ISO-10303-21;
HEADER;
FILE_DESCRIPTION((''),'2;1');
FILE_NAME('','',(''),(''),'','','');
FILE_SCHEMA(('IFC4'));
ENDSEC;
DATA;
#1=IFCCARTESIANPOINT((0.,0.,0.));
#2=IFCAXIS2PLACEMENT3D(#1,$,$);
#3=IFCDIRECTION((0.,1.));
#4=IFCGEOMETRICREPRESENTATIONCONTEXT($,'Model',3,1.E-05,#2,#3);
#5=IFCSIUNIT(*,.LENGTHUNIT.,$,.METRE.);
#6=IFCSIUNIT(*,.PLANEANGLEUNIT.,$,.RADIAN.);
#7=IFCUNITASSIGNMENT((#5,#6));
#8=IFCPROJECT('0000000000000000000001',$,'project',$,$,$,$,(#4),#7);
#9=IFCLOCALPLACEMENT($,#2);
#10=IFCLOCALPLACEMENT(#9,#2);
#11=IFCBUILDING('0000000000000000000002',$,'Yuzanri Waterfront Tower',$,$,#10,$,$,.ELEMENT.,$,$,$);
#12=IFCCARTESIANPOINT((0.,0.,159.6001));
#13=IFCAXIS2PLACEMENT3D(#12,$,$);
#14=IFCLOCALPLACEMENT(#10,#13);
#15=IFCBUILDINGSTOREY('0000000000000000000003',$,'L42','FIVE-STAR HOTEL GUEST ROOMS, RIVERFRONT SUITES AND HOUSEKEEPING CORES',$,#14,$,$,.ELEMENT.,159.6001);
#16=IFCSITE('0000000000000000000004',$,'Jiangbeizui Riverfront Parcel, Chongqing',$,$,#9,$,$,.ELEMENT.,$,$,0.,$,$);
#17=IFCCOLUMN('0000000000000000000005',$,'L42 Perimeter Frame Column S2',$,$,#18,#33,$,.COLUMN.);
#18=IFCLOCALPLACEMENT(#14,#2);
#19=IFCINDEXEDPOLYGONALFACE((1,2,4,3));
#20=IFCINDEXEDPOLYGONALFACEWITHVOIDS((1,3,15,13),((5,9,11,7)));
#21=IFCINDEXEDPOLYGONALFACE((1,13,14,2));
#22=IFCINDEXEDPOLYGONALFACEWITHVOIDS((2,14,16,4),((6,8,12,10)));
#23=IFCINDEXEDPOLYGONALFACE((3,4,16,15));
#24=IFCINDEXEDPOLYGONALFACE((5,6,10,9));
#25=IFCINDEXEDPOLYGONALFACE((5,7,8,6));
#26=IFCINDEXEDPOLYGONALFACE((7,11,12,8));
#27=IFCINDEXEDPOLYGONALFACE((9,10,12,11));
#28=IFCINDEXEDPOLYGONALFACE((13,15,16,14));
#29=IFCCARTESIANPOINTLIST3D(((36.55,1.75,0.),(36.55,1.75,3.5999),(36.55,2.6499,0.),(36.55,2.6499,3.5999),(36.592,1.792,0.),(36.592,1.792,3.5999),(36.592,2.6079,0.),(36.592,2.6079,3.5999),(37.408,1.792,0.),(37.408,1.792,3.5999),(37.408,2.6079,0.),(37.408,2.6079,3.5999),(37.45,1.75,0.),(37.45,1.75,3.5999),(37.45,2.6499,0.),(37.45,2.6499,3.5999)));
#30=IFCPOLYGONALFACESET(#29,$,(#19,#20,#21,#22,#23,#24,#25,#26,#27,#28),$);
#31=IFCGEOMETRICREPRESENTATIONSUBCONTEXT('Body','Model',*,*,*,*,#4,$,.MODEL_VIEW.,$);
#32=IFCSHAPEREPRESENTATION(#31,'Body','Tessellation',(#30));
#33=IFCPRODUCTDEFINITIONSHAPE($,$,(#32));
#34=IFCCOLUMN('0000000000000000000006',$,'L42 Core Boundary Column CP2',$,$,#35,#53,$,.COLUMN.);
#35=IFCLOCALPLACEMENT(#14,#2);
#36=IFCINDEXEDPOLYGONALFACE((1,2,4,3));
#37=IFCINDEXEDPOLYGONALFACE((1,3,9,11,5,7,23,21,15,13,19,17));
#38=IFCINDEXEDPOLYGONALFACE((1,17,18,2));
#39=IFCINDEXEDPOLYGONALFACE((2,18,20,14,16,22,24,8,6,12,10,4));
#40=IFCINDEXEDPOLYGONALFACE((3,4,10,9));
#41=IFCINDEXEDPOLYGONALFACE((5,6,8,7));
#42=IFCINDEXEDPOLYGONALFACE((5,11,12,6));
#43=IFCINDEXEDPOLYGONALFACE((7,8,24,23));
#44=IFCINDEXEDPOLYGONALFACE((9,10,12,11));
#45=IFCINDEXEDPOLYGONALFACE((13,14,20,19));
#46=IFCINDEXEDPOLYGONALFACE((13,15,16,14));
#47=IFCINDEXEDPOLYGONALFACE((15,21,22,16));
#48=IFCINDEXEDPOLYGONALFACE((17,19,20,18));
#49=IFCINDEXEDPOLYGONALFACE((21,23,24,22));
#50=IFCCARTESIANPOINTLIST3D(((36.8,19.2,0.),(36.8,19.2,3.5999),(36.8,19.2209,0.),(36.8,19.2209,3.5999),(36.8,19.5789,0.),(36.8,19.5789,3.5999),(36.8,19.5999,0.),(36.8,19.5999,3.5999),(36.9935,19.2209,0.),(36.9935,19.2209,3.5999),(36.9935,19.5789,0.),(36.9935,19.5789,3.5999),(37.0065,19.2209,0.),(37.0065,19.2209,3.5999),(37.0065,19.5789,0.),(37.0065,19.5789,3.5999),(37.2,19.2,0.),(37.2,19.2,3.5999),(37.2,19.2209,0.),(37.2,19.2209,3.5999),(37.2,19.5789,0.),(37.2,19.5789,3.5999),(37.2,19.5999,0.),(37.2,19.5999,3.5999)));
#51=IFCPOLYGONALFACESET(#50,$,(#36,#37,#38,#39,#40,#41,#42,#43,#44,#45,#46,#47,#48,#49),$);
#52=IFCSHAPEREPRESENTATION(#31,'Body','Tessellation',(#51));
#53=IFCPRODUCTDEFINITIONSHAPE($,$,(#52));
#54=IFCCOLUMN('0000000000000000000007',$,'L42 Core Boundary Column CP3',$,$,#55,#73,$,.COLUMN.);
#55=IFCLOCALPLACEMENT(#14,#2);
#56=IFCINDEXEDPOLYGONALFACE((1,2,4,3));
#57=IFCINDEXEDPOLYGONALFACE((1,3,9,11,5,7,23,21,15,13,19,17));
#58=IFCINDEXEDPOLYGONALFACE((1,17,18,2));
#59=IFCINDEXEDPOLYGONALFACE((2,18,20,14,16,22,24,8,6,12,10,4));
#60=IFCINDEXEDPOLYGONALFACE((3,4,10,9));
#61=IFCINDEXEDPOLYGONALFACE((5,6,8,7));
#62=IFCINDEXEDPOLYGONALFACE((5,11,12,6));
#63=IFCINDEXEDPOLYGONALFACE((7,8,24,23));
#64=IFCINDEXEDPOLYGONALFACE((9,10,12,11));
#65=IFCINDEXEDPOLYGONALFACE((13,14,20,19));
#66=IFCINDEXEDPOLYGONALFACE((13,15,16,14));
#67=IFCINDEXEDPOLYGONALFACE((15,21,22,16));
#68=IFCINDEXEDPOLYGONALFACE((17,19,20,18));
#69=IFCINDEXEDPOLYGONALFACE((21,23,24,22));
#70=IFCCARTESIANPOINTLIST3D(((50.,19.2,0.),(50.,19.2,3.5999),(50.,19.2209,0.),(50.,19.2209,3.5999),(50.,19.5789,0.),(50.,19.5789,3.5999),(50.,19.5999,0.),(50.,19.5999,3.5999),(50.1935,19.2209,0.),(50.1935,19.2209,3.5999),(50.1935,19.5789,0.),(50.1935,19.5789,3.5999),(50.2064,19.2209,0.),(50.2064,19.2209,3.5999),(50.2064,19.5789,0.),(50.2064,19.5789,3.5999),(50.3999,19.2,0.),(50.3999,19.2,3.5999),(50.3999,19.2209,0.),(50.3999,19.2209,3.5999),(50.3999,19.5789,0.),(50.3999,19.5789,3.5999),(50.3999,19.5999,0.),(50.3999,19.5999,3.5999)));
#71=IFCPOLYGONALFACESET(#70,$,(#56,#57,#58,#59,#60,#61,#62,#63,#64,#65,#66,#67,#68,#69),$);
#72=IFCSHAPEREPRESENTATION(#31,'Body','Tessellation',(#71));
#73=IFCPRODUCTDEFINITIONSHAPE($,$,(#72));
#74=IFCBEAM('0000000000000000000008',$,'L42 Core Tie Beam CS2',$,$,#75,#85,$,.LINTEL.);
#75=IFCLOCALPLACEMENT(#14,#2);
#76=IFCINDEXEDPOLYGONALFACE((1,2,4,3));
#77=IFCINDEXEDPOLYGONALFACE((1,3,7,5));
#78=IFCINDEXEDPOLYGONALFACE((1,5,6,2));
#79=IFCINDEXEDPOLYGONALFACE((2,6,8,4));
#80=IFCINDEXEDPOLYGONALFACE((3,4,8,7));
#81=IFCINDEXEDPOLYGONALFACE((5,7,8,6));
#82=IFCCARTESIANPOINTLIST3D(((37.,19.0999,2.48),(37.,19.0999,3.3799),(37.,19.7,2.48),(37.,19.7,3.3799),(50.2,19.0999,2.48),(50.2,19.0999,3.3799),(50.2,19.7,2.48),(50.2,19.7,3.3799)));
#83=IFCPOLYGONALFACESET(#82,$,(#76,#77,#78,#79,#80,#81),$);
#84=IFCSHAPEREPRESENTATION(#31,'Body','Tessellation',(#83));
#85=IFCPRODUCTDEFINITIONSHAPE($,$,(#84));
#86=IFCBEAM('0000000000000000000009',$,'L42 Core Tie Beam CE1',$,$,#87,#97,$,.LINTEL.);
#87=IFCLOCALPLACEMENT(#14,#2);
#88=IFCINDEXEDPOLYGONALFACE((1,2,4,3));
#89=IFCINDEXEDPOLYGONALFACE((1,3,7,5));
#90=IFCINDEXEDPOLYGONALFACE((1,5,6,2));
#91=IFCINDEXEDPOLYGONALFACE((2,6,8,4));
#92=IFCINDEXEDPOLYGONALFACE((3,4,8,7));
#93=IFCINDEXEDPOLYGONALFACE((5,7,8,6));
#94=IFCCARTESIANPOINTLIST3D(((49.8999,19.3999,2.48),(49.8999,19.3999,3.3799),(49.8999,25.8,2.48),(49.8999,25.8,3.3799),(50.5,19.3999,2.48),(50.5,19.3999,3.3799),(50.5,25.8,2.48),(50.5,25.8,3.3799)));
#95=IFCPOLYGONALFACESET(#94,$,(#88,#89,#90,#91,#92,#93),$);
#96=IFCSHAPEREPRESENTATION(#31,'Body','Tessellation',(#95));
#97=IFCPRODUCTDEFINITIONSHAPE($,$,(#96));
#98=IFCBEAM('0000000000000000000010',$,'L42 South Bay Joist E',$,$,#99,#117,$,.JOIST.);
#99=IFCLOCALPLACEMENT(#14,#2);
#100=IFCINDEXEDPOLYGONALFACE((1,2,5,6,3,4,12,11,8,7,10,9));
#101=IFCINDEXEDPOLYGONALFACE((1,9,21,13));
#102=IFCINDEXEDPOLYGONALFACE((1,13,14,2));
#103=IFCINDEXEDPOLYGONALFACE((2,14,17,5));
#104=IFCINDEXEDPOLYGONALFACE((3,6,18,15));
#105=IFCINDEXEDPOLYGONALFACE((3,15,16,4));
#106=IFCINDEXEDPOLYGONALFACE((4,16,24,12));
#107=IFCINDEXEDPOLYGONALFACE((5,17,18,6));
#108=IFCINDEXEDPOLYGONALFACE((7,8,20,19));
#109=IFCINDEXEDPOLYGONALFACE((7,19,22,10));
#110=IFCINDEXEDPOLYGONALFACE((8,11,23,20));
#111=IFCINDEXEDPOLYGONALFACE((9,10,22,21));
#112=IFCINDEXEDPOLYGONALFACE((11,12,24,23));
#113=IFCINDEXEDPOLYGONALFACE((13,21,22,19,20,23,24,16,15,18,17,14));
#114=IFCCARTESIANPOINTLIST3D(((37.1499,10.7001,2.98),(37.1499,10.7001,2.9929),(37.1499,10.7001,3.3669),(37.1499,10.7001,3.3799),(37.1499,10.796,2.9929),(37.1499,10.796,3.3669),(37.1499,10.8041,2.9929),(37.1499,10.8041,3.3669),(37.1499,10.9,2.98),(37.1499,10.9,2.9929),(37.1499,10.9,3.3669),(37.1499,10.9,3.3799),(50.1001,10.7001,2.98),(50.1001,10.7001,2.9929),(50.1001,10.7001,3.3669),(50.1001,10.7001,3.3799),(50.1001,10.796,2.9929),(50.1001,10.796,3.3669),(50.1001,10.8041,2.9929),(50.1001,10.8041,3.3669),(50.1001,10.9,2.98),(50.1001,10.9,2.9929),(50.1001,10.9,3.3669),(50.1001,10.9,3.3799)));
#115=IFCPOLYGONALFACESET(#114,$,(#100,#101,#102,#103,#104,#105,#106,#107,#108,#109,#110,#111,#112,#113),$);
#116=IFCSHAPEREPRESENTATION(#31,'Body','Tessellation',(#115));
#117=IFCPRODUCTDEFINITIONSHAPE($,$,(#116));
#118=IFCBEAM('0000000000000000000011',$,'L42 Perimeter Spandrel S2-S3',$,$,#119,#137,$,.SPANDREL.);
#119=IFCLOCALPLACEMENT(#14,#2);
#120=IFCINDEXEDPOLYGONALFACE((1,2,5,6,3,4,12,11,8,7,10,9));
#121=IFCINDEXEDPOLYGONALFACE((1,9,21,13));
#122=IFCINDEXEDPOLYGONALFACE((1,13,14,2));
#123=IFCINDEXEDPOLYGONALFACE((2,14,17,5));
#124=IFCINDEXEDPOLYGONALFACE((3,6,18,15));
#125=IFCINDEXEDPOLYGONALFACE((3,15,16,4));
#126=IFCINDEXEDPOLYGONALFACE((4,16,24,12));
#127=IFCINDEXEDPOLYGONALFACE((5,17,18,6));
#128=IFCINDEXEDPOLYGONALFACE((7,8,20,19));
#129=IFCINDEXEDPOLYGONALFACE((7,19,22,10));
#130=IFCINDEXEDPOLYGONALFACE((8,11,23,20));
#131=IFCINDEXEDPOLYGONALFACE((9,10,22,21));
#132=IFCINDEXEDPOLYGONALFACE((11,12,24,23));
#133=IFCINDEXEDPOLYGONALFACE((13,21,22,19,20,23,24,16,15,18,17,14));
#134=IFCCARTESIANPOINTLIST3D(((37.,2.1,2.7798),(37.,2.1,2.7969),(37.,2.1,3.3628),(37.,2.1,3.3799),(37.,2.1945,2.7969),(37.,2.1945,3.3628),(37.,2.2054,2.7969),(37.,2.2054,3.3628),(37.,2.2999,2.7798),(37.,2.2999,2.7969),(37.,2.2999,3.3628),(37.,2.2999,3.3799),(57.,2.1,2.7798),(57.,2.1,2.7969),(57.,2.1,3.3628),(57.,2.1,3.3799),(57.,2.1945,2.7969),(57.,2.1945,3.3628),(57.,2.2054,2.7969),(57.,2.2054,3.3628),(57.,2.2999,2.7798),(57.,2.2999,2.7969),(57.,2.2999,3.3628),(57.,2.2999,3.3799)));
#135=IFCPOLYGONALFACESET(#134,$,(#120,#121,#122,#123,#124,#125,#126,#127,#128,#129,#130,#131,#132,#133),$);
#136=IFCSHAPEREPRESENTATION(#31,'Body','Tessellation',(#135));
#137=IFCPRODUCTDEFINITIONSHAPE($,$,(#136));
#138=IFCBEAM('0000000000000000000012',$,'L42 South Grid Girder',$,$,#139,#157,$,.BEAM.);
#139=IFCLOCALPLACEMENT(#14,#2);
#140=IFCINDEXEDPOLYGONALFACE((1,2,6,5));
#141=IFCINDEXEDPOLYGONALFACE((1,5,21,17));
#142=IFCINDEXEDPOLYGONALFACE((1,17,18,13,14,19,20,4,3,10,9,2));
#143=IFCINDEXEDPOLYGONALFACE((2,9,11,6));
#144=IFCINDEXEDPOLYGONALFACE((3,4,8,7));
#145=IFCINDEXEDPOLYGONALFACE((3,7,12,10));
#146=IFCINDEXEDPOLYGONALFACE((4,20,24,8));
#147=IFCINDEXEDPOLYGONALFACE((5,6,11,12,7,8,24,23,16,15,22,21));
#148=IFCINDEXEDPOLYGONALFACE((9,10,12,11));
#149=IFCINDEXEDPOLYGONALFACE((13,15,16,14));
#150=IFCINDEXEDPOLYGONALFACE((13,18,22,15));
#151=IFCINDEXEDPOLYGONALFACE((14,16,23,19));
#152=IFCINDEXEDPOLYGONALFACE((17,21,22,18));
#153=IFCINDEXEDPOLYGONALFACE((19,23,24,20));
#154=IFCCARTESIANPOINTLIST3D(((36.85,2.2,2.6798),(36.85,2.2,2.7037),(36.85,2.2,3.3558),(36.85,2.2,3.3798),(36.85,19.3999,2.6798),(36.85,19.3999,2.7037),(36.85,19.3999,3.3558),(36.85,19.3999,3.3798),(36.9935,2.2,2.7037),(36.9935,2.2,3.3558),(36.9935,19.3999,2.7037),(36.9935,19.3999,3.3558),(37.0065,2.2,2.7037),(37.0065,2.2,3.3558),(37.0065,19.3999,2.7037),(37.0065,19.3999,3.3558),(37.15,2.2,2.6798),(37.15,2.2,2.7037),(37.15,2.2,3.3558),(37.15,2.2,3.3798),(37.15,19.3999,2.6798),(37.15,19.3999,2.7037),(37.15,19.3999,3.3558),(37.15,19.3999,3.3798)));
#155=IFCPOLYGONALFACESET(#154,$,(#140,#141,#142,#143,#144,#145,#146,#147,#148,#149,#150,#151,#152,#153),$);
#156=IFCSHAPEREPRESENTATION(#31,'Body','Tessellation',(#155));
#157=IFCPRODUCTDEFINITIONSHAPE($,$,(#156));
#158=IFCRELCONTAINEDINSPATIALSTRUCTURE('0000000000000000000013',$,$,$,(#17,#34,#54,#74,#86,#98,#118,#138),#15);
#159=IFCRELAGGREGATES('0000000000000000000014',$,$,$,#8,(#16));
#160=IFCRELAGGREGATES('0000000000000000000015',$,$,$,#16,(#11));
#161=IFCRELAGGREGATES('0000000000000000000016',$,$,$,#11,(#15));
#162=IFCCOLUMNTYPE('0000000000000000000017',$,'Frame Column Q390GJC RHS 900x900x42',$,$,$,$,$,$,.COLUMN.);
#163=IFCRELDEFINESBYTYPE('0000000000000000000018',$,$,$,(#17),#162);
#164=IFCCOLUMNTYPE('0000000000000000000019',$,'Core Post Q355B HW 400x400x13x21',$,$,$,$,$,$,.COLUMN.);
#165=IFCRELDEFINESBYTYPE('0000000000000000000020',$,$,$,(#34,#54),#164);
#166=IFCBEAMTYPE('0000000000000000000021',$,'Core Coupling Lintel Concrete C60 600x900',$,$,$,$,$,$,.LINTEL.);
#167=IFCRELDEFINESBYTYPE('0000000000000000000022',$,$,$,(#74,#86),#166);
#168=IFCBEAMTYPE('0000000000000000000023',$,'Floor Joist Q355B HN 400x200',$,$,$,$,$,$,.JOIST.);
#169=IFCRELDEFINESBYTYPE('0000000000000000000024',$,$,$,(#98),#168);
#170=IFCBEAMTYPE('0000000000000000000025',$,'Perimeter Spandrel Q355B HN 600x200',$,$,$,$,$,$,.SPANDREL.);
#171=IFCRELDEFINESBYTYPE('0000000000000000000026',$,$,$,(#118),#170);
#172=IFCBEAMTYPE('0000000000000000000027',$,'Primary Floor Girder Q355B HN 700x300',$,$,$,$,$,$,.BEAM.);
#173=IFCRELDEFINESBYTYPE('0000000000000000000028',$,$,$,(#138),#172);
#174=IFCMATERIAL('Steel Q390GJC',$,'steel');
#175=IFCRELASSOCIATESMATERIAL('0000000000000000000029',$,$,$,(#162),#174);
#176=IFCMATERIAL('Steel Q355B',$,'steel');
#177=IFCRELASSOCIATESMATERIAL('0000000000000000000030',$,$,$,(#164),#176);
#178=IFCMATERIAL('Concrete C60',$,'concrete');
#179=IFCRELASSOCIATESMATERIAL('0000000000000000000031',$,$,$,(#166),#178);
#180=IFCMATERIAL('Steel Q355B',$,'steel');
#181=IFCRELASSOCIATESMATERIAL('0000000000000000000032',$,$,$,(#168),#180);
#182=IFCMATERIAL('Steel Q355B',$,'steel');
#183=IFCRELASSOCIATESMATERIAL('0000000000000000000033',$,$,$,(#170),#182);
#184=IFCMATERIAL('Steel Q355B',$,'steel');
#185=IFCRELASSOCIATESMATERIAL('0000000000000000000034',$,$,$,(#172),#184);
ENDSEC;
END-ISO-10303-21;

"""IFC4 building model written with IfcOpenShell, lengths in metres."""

from ifc_helpers import new_model, si_unit, direction, frame, origin, origin_2d, place, context, subcontext, project, spatial, rectangle, hollow_rectangle, i_section, extrude, source, transform, mapped, material, material_profile, profile_set, type_object, element, save


model = new_model("IFC4")

# Units and contexts
model_context = context("Model", 3, precision=1e-05, world=origin(), true_north=direction((0.0, 1.0)))
body_context = subcontext(model_context, "Body", "Model", "MODEL_VIEW")
ifc_project = project(units=[si_unit("LENGTHUNIT", "METRE"), si_unit("PLANEANGLEUNIT", "RADIAN")], contexts=[model_context])

# Site, building, storey
site_placement = place(None, origin())
site = spatial("IfcSite", under=ifc_project, at=site_placement, Name="Jiangbeizui Riverfront Parcel, Chongqing", CompositionType="ELEMENT", RefElevation=0.0)
building_placement = place(site_placement, origin())
building = spatial("IfcBuilding", under=site, at=building_placement, Name="Yuzanri Waterfront Tower", CompositionType="ELEMENT")
storey_placement = place(building_placement, frame((0.0, 0.0, 159.6001)))
storey = spatial("IfcBuildingStorey", under=building, at=storey_placement, Name="L42", Description="FIVE-STAR HOTEL GUEST ROOMS, RIVERFRONT SUITES AND HOUSEKEEPING CORES", CompositionType="ELEMENT", Elevation=159.6001)

# Columns
ifc_material_1 = material(Name="Steel Q390GJC", Category="steel")
ifc_material_profile_1 = material_profile(ifc_material_1, hollow_rectangle(XDim=0.8999, YDim=0.8999, WallThickness=0.042, at=origin_2d()), Name="RHS 900x900x42")
ifc_profile_set_1 = profile_set([ifc_material_profile_1], Name="Steel Q390GJC")
column_type_1 = type_object("IfcColumnType", Name="Frame Column Q390GJC RHS 900x900x42", PredefinedType="COLUMN", material=ifc_profile_set_1)
shared_shape_1 = source(origin(), body_context, "Body", "SweptSolid", [
    extrude(hollow_rectangle(XDim=0.8999, YDim=0.8999, WallThickness=0.042, at=origin_2d()), origin(), (0.0, 0.0, 1.0), 3.5999),
])
column_placement = place(storey_placement, frame((37.0, 2.2, 0.0), z_axis=(0.0, 0.0, 1.0), x_axis=(1.0, 0.0, 0.0)))
element("IfcColumn", 1, at=column_placement, inside=storey, type_object=column_type_1, Name="L42 Perimeter Frame Column S2", PredefinedType="COLUMN", context=body_context, shape_type="MappedRepresentation", body=[
    mapped(shared_shape_1, transform((0.0, 0.0, 0.0), scale=1.0)),
])
ifc_material_2 = material(Name="Steel Q355B", Category="steel")
ifc_material_profile_2 = material_profile(ifc_material_2, i_section(OverallWidth=0.3999, OverallDepth=0.3999, WebThickness=0.0129, FlangeThickness=0.021, at=origin_2d()), Name="HW 400x400x13x21")
ifc_profile_set_2 = profile_set([ifc_material_profile_2], Name="Steel Q355B")
column_type_2 = type_object("IfcColumnType", Name="Core Post Q355B HW 400x400x13x21", PredefinedType="COLUMN", material=ifc_profile_set_2)
shared_shape_2 = source(origin(), body_context, "Body", "SweptSolid", [
    extrude(i_section(OverallWidth=0.3999, OverallDepth=0.3999, WebThickness=0.0129, FlangeThickness=0.021, at=origin_2d()), origin(), (0.0, 0.0, 1.0), 3.5999),
])
for number, where, z_axis, x_axis, name in (
    (2, (37.0, 19.3999, 0.0), (0.0, 0.0, 1.0), (1.0, 0.0, 0.0), "L42 Core Boundary Column CP2"),
    (3, (50.2, 19.3999, 0.0), (0.0, 0.0, 1.0), (1.0, 0.0, 0.0), "L42 Core Boundary Column CP3"),
):
    element("IfcColumn", number, at=place(storey_placement, frame(where, z_axis=z_axis, x_axis=x_axis)), inside=storey, type_object=column_type_2, Name=name, PredefinedType="COLUMN", context=body_context, shape_type="MappedRepresentation", body=[
        mapped(shared_shape_2, transform((0.0, 0.0, 0.0), scale=1.0)),
    ])

# Beams
ifc_material_3 = material(Name="Concrete C60", Category="concrete")
ifc_material_profile_3 = material_profile(ifc_material_3, rectangle(XDim=0.6001, YDim=0.8999, at=origin_2d()), Name="RC 600x900")
ifc_profile_set_3 = profile_set([ifc_material_profile_3], Name="Concrete C60")
beam_type_1 = type_object("IfcBeamType", Name="Core Coupling Lintel Concrete C60 600x900", PredefinedType="LINTEL", material=ifc_profile_set_3)
shared_shape_3 = source(origin(), body_context, "Body", "SweptSolid", [
    extrude(rectangle(XDim=0.6001, YDim=0.8999, at=origin_2d()), origin(), (0.0, 0.0, 1.0), 13.2),
])
beam_1_placement = place(storey_placement, frame((37.0, 19.3999, 2.9299), z_axis=(1.0, 0.0, 0.0), x_axis=(0.0, 1.0, 0.0)))
element("IfcBeam", 4, at=beam_1_placement, inside=storey, type_object=beam_type_1, Name="L42 Core Tie Beam CS2", PredefinedType="LINTEL", context=body_context, shape_type="MappedRepresentation", body=[
    mapped(shared_shape_3, transform((0.0, 0.0, 0.0), scale=1.0)),
])
shared_shape_4 = source(origin(), body_context, "Body", "SweptSolid", [
    extrude(rectangle(XDim=0.6001, YDim=0.8999, at=origin_2d()), origin(), (0.0, 0.0, 1.0), 6.4001),
])
beam_2_placement = place(storey_placement, frame((50.2, 19.3999, 2.9299), z_axis=(0.0, 1.0, 0.0), x_axis=(-1.0, 0.0, 0.0)))
element("IfcBeam", 5, at=beam_2_placement, inside=storey, type_object=beam_type_1, Name="L42 Core Tie Beam CE1", PredefinedType="LINTEL", context=body_context, shape_type="MappedRepresentation", body=[
    mapped(shared_shape_4, transform((0.0, 0.0, 0.0), scale=1.0)),
])
ifc_material_4 = material(Name="Steel Q355B", Category="steel")
ifc_material_profile_4 = material_profile(ifc_material_4, i_section(OverallWidth=0.2, OverallDepth=0.3999, WebThickness=0.0081, FlangeThickness=0.0129, at=origin_2d()), Name="HN 400x200x8x13")
ifc_profile_set_4 = profile_set([ifc_material_profile_4], Name="Steel Q355B")
beam_type_2 = type_object("IfcBeamType", Name="Floor Joist Q355B HN 400x200", PredefinedType="JOIST", material=ifc_profile_set_4)
shared_shape_5 = source(origin(), body_context, "Body", "SweptSolid", [
    extrude(i_section(OverallWidth=0.2, OverallDepth=0.3999, WebThickness=0.0081, FlangeThickness=0.0129, at=origin_2d()), origin(), (0.0, 0.0, 1.0), 12.9502),
])
beam_3_placement = place(storey_placement, frame((37.1499, 10.8, 3.1799), z_axis=(1.0, 0.0, 0.0), x_axis=(0.0, 1.0, 0.0)))
element("IfcBeam", 6, at=beam_3_placement, inside=storey, type_object=beam_type_2, Name="L42 South Bay Joist E", PredefinedType="JOIST", context=body_context, shape_type="MappedRepresentation", body=[
    mapped(shared_shape_5, transform((0.0, 0.0, 0.0), scale=1.0)),
])
ifc_material_5 = material(Name="Steel Q355B", Category="steel")
ifc_material_profile_5 = material_profile(ifc_material_5, i_section(OverallWidth=0.2, OverallDepth=0.6001, WebThickness=0.011, FlangeThickness=0.0171, at=origin_2d()), Name="HN 600x200x11x17")
ifc_profile_set_5 = profile_set([ifc_material_profile_5], Name="Steel Q355B")
beam_type_3 = type_object("IfcBeamType", Name="Perimeter Spandrel Q355B HN 600x200", PredefinedType="SPANDREL", material=ifc_profile_set_5)
shared_shape_6 = source(origin(), body_context, "Body", "SweptSolid", [
    extrude(i_section(OverallWidth=0.2, OverallDepth=0.6001, WebThickness=0.011, FlangeThickness=0.0171, at=origin_2d()), origin(), (0.0, 0.0, 1.0), 20.0),
])
beam_4_placement = place(storey_placement, frame((37.0, 2.2, 3.0798), z_axis=(1.0, 0.0, 0.0), x_axis=(0.0, 1.0, 0.0)))
element("IfcBeam", 7, at=beam_4_placement, inside=storey, type_object=beam_type_3, Name="L42 Perimeter Spandrel S2-S3", PredefinedType="SPANDREL", context=body_context, shape_type="MappedRepresentation", body=[
    mapped(shared_shape_6, transform((0.0, 0.0, 0.0), scale=1.0)),
])
ifc_material_6 = material(Name="Steel Q355B", Category="steel")
ifc_material_profile_6 = material_profile(ifc_material_6, i_section(OverallWidth=0.3, OverallDepth=0.7, WebThickness=0.0129, FlangeThickness=0.0239, at=origin_2d()), Name="HN 700x300x13x24")
ifc_profile_set_6 = profile_set([ifc_material_profile_6], Name="Steel Q355B")
beam_type_4 = type_object("IfcBeamType", Name="Primary Floor Girder Q355B HN 700x300", PredefinedType="BEAM", material=ifc_profile_set_6)
shared_shape_7 = source(origin(), body_context, "Body", "SweptSolid", [
    extrude(i_section(OverallWidth=0.3, OverallDepth=0.7, WebThickness=0.0129, FlangeThickness=0.0239, at=origin_2d()), origin(), (0.0, 0.0, 1.0), 17.2),
])
beam_5_placement = place(storey_placement, frame((37.0, 19.3999, 3.0298), z_axis=(0.0, -1.0, 0.0), x_axis=(1.0, 0.0, 0.0)))
element("IfcBeam", 8, at=beam_5_placement, inside=storey, type_object=beam_type_4, Name="L42 South Grid Girder", PredefinedType="BEAM", context=body_context, shape_type="MappedRepresentation", body=[
    mapped(shared_shape_7, transform((0.0, 0.0, 0.0), scale=1.0)),
])

save(model, "model.ifc")
